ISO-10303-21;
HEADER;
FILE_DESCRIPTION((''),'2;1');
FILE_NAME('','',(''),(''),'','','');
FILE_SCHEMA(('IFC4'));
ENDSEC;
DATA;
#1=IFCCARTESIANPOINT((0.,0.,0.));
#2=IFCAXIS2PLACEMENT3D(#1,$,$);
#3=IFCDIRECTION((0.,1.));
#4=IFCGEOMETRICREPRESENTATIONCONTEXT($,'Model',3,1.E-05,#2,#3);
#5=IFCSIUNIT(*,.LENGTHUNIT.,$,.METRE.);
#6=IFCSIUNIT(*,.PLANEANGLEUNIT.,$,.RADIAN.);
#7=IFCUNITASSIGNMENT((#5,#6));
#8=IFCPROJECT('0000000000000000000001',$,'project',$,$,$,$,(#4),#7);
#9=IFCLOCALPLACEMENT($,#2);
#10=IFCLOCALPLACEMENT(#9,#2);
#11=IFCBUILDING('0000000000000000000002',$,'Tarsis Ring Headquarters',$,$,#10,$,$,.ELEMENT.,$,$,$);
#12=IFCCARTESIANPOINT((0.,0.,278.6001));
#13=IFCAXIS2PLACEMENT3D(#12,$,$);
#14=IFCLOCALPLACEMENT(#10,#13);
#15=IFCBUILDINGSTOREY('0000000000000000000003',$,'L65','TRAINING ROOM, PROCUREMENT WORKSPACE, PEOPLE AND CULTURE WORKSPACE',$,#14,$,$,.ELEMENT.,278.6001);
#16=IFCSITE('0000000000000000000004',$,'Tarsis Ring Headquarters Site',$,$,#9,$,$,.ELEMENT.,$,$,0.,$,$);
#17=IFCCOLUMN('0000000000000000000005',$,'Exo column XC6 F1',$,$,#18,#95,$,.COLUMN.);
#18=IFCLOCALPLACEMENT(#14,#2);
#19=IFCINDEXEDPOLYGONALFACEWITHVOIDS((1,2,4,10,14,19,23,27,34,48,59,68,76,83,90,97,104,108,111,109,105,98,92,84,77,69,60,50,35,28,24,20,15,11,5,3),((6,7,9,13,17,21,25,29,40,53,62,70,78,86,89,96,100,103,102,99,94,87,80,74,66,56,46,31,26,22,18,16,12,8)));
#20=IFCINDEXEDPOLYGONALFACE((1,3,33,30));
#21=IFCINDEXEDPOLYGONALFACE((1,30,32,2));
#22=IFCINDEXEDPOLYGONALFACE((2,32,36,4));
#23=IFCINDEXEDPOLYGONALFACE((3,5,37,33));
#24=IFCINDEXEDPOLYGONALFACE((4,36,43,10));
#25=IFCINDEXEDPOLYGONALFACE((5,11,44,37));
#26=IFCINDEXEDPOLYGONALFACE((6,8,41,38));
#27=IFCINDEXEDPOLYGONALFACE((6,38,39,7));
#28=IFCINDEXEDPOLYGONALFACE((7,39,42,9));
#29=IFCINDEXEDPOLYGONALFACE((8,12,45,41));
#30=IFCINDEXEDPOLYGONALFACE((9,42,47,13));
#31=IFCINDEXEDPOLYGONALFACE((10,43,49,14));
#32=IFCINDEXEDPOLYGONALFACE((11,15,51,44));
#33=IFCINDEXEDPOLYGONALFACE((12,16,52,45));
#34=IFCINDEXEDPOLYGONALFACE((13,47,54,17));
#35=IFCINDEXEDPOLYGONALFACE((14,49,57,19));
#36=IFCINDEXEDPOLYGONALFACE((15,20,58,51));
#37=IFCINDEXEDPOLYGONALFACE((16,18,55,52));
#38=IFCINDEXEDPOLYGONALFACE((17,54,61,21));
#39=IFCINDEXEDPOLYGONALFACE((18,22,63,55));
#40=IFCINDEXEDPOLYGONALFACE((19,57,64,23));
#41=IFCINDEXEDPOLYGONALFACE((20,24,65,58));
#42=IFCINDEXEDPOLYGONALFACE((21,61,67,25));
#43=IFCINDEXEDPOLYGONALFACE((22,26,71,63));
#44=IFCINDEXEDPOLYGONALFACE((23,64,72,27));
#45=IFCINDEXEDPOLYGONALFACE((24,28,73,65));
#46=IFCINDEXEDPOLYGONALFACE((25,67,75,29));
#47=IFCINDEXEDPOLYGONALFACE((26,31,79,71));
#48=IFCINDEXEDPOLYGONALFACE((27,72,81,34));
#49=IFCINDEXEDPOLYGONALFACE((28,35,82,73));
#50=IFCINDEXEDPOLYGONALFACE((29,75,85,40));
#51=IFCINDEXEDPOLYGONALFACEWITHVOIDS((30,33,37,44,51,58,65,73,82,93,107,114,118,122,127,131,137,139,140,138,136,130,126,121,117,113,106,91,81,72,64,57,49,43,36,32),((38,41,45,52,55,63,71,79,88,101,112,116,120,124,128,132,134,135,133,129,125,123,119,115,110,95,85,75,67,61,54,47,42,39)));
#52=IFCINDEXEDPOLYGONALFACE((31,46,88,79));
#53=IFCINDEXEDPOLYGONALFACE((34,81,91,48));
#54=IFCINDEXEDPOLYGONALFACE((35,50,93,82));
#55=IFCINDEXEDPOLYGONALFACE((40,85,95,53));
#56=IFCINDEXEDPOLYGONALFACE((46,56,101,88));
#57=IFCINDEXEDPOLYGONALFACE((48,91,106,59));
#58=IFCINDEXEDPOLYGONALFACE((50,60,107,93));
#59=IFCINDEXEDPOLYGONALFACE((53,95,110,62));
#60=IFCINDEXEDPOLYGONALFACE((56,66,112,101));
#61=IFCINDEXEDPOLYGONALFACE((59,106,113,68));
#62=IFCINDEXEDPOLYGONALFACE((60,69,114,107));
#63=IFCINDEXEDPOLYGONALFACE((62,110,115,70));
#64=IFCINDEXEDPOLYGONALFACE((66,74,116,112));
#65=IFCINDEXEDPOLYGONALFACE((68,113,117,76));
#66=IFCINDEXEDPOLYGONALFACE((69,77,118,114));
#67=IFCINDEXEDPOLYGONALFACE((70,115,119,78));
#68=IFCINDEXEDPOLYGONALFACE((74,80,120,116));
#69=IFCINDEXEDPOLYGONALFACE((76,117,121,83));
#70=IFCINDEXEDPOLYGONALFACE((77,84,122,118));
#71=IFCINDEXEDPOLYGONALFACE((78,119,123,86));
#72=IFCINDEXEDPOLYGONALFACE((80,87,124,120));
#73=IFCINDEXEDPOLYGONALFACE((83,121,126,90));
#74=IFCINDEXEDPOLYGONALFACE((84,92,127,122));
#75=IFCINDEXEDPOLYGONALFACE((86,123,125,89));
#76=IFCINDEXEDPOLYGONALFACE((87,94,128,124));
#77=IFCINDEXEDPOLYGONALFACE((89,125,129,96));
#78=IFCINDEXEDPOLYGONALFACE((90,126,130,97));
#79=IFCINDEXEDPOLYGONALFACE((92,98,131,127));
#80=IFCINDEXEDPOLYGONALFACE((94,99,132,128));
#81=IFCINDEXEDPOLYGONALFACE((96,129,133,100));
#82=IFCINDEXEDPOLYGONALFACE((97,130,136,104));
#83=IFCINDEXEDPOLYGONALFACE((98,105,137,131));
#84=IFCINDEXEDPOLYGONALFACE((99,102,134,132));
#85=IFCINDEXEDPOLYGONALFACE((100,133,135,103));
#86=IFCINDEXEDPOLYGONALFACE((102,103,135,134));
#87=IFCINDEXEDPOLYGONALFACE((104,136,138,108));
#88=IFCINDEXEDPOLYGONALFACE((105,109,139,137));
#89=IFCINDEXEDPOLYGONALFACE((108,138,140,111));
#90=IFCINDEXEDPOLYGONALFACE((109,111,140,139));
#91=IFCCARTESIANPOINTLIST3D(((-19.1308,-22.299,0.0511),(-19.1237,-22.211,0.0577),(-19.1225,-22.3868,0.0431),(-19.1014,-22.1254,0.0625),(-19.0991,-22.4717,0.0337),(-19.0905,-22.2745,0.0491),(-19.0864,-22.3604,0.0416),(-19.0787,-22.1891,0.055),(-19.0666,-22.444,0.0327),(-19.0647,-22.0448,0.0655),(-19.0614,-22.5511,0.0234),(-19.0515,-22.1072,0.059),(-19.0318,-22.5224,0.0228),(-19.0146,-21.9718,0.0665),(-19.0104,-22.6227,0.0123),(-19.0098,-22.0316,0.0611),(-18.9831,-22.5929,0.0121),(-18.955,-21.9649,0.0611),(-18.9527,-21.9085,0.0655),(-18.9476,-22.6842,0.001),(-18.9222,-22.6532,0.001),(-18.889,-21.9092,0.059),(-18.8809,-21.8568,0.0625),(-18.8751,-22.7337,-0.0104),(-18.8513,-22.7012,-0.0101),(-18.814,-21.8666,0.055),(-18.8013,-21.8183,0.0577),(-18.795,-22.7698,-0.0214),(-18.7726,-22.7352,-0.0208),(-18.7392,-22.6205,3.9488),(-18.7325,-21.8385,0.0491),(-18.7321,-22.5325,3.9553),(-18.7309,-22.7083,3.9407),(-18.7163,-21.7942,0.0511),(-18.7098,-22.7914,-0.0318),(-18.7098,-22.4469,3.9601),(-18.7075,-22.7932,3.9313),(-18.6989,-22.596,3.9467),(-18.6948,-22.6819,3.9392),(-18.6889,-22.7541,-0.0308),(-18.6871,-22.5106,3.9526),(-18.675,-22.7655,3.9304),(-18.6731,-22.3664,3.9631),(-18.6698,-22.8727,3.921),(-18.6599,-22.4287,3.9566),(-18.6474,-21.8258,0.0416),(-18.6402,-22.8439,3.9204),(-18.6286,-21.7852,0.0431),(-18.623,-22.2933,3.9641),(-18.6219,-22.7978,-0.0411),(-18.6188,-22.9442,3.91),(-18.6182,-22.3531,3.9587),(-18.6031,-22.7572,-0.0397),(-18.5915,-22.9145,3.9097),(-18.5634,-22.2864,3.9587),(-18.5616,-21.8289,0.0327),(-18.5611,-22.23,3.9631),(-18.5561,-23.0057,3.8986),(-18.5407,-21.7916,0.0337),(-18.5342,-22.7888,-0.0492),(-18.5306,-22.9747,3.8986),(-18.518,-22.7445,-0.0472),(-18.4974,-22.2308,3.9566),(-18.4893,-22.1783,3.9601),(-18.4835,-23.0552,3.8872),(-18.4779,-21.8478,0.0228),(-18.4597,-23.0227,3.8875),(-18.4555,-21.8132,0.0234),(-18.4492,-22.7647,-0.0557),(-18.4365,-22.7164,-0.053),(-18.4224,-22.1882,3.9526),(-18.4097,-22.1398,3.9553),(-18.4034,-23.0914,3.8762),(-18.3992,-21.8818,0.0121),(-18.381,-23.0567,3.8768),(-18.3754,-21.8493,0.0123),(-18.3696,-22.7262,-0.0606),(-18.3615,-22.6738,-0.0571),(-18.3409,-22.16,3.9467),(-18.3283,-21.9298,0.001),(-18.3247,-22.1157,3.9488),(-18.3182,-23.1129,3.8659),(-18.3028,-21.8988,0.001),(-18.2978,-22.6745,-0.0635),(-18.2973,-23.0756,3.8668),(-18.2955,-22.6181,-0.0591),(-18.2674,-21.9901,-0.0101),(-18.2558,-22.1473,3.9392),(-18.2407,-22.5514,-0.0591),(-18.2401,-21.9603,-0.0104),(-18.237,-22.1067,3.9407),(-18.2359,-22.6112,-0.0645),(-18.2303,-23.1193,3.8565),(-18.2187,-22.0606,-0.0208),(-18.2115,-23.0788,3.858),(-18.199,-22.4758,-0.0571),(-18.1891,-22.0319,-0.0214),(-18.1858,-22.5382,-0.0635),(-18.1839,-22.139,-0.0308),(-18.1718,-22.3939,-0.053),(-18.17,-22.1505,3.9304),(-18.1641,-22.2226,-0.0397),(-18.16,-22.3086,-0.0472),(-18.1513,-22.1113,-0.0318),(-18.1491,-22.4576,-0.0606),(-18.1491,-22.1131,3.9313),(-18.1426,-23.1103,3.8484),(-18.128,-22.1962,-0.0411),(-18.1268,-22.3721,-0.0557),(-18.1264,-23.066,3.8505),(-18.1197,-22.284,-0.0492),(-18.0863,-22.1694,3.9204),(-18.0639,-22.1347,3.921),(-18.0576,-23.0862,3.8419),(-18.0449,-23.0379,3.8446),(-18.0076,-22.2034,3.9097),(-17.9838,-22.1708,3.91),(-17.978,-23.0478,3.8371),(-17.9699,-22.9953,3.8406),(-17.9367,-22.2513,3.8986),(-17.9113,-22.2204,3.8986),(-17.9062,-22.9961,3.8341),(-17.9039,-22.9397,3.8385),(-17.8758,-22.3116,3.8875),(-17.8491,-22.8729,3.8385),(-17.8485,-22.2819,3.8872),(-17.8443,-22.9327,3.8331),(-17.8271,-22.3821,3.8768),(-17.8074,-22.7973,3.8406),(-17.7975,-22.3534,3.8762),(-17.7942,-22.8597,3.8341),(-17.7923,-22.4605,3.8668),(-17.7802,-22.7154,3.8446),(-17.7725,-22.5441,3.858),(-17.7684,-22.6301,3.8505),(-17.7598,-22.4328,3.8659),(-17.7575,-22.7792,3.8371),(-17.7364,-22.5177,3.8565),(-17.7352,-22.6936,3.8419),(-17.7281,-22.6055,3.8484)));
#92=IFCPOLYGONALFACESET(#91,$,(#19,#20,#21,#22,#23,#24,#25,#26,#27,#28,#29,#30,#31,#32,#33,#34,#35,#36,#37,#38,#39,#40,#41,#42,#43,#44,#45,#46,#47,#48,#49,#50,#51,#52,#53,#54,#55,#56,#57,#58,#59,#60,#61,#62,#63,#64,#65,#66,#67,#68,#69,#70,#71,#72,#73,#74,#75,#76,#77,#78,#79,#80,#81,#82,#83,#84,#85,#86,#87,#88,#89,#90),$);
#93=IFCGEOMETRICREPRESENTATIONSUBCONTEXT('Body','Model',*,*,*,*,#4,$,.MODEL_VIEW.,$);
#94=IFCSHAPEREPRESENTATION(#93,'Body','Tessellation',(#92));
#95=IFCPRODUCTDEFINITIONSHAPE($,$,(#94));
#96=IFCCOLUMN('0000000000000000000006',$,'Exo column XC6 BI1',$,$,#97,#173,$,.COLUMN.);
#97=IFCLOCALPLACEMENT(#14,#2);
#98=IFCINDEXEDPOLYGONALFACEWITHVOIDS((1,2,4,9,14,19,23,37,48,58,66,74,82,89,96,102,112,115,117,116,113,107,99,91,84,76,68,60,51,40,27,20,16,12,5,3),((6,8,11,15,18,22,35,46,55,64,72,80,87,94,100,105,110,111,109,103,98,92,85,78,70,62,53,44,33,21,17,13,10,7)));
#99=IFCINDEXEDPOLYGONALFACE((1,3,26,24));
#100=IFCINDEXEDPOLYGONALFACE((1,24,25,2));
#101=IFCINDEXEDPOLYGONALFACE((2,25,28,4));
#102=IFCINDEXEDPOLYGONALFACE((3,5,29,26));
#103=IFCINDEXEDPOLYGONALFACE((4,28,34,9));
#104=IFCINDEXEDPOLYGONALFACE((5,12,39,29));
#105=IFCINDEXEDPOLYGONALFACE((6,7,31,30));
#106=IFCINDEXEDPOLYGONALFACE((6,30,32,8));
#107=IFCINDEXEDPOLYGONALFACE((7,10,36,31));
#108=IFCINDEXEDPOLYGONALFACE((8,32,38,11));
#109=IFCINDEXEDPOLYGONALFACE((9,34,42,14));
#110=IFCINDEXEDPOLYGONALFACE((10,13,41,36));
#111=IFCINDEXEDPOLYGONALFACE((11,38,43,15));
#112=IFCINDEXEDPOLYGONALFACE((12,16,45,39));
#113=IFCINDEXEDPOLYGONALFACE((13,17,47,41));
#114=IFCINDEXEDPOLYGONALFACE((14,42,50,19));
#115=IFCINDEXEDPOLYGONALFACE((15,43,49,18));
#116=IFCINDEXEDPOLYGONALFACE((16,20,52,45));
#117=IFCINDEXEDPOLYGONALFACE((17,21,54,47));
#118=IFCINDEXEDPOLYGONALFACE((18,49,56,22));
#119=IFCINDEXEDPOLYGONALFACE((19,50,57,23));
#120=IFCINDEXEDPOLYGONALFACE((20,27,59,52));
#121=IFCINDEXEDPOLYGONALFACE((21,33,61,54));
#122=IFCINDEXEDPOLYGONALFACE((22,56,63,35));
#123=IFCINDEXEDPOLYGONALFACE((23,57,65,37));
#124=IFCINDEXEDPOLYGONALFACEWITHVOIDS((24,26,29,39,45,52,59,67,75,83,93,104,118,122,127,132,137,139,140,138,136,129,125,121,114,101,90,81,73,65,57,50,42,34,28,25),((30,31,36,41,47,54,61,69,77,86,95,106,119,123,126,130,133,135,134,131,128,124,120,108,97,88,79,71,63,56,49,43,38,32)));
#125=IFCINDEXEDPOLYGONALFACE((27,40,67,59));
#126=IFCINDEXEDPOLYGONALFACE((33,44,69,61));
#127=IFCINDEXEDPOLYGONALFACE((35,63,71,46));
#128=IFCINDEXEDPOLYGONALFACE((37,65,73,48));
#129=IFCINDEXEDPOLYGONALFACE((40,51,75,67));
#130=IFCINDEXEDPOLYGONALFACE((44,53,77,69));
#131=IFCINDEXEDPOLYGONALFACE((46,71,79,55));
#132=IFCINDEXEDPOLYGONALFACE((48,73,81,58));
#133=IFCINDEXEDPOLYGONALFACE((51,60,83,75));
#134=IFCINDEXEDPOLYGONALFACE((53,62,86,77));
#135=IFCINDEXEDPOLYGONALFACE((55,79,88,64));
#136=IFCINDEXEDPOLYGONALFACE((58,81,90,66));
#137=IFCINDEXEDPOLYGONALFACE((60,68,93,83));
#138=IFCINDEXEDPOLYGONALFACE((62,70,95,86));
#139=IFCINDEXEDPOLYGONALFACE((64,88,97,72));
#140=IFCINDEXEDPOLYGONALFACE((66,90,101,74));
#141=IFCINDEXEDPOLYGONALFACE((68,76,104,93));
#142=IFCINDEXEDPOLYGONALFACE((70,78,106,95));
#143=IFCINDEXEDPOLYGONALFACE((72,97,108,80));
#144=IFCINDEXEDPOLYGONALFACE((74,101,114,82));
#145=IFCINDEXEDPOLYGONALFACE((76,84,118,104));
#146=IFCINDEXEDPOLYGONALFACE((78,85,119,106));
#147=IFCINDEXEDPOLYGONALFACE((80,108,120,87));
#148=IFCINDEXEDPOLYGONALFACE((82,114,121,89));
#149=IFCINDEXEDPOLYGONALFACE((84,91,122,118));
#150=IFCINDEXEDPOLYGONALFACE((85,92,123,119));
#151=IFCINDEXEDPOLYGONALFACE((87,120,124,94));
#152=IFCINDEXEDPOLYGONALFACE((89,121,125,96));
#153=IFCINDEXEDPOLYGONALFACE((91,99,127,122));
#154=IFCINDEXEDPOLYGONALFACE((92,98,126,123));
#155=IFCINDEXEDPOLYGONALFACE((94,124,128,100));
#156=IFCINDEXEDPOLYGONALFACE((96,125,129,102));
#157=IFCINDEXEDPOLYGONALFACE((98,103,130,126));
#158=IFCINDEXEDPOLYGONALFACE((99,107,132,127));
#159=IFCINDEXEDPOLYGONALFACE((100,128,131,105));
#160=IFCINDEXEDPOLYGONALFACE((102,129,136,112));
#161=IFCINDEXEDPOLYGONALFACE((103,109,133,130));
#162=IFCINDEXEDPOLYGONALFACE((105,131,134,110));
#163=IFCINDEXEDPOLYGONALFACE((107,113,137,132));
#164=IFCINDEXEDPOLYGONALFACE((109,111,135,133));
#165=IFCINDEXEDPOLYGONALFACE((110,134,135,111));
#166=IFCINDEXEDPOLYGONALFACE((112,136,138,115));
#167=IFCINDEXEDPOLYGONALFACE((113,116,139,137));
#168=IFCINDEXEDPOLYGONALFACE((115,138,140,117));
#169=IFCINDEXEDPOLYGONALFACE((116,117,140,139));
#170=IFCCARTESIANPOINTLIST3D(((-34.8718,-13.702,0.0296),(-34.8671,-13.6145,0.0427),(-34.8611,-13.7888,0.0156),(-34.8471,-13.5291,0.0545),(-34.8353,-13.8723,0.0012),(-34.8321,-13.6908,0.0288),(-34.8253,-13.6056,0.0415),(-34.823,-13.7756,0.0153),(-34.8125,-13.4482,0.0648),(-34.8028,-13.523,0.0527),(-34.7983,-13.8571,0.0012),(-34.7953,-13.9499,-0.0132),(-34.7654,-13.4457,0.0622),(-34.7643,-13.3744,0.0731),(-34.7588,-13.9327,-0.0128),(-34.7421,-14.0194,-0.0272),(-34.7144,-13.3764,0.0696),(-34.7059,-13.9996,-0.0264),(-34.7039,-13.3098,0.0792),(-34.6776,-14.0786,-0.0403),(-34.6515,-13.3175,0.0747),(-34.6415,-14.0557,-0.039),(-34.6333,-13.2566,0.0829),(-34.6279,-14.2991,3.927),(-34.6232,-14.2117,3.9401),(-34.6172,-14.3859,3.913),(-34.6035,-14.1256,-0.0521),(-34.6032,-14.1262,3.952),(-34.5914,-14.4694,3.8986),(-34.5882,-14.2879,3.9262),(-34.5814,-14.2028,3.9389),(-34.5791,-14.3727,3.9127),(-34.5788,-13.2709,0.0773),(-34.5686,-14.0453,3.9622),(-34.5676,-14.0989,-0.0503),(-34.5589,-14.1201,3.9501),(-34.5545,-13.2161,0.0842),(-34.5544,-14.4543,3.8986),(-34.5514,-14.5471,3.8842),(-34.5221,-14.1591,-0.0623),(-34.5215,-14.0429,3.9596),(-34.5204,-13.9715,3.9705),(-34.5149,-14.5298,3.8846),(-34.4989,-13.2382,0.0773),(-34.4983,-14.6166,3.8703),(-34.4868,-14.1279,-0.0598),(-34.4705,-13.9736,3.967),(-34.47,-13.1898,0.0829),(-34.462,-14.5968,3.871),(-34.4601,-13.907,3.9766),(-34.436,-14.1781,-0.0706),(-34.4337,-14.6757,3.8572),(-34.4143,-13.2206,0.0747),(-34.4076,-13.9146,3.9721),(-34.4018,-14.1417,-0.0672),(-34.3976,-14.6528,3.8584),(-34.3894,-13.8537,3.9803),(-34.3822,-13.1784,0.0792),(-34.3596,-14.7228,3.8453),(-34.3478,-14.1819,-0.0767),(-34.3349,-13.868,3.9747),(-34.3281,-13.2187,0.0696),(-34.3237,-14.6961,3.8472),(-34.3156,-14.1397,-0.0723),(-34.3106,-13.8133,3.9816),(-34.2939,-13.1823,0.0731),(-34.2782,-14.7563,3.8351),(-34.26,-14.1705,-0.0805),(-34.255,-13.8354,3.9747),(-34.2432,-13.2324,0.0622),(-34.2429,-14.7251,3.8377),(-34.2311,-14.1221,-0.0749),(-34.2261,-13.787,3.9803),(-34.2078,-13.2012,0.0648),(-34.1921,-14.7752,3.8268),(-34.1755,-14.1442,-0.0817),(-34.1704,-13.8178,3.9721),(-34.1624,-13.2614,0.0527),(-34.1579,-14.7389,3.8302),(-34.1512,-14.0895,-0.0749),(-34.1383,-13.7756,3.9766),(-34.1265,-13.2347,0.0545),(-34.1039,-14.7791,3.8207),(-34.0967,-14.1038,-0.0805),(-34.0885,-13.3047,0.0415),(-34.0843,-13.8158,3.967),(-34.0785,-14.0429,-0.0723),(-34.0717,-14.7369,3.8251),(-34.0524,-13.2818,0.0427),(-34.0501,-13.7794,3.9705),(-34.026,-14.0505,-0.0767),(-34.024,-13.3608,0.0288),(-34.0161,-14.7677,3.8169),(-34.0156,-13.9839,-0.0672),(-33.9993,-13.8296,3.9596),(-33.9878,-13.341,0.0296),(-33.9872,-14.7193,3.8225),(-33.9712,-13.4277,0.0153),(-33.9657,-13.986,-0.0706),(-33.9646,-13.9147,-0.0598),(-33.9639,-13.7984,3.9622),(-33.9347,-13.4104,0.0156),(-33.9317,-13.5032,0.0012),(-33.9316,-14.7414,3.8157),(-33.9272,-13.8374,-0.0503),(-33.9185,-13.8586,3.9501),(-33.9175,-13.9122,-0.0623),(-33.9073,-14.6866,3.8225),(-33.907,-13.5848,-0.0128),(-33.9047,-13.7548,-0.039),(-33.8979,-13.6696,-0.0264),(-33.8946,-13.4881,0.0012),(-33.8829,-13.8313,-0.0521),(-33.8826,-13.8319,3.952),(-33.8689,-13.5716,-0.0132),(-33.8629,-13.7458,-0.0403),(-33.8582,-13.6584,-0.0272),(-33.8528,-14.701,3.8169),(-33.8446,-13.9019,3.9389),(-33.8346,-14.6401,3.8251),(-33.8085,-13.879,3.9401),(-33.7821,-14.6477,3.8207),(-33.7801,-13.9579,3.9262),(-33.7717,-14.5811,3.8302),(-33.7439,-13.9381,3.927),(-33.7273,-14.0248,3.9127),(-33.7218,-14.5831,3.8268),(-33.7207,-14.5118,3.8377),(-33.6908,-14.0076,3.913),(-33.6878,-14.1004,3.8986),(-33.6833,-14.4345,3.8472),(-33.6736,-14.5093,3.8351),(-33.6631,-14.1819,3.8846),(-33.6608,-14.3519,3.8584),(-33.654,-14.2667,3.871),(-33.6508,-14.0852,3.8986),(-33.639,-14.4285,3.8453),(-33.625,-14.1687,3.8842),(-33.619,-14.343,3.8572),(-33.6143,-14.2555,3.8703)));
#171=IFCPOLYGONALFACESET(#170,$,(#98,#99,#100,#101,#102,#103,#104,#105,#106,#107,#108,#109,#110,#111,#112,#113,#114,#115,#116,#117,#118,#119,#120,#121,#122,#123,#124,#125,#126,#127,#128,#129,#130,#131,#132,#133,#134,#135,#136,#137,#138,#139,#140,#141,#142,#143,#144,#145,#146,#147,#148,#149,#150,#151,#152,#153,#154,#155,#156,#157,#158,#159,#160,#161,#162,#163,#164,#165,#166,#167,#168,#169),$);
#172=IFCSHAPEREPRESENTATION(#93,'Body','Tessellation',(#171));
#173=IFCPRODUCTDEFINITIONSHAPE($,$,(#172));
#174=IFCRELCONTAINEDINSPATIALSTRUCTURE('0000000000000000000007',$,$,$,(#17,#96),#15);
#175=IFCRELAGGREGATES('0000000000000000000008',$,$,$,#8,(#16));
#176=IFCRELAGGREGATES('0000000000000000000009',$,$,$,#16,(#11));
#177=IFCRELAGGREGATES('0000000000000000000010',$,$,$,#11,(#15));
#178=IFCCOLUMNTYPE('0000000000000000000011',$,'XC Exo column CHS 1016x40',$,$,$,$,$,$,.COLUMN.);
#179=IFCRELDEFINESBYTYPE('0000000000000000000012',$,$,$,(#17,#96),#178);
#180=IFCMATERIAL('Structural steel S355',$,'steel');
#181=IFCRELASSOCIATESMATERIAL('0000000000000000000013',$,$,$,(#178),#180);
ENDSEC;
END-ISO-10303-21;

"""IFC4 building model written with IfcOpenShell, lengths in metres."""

from ifc_helpers import new_model, si_unit, direction, frame, origin, origin_2d, place, context, subcontext, project, spatial, hollow_circle, extrude, material, material_profile, profile_set, type_object, element, save


model = new_model("IFC4")

# Units and contexts
model_context = context("Model", 3, precision=1e-05, world=origin(), true_north=direction((0.0, 1.0)))
body_context = subcontext(model_context, "Body", "Model", "MODEL_VIEW")
ifc_project = project(units=[si_unit("LENGTHUNIT", "METRE"), si_unit("PLANEANGLEUNIT", "RADIAN")], contexts=[model_context])

# Site, building, storey
site_placement = place(None, origin())
site = spatial("IfcSite", under=ifc_project, at=site_placement, Name="Tarsis Ring Headquarters Site", CompositionType="ELEMENT", RefElevation=0.0)
building_placement = place(site_placement, origin())
building = spatial("IfcBuilding", under=site, at=building_placement, Name="Tarsis Ring Headquarters", CompositionType="ELEMENT")
storey_placement = place(building_placement, frame((0.0, 0.0, 278.6001)))
storey = spatial("IfcBuildingStorey", under=building, at=storey_placement, Name="L65", Description="TRAINING ROOM, PROCUREMENT WORKSPACE, PEOPLE AND CULTURE WORKSPACE", CompositionType="ELEMENT", Elevation=278.6001)

# Columns
ifc_material_1 = material(Name="Structural steel S355", Category="steel")
ifc_material_profile_1 = material_profile(ifc_material_1, hollow_circle(Radius=0.5081, WallThickness=0.04, at=origin_2d()), Name="CHS 1016x40")
ifc_profile_set_1 = profile_set([ifc_material_profile_1], Name="Structural steel S355")
column_type = type_object("IfcColumnType", Name="XC Exo column CHS 1016x40", PredefinedType="COLUMN", material=ifc_profile_set_1)
column_1_placement = place(storey_placement, frame((-18.6252, -22.2915, 0.001), z_axis=(0.099631, -0.081805, 0.991656), x_axis=(0.634575, 0.772861, 0.0)))
element("IfcColumn", 1, at=column_1_placement, inside=storey, type_object=column_type, Name="Exo column XC6 F1", PredefinedType="COLUMN", context=body_context, shape_type="SweptSolid", body=[
    extrude(hollow_circle(Radius=0.5081, WallThickness=0.04, at=origin_2d()), origin(), (0.0, 0.0, 1.0), 3.9304),
])
column_2_placement = place(storey_placement, frame((-34.365, -13.6802, 0.0012), z_axis=(0.061738, -0.151163, 0.986579), x_axis=(0.925764, 0.378102, 0.0)))
element("IfcColumn", 2, at=column_2_placement, inside=storey, type_object=column_type, Name="Exo column XC6 BI1", PredefinedType="COLUMN", context=body_context, shape_type="SweptSolid", body=[
    extrude(hollow_circle(Radius=0.5081, WallThickness=0.04, at=origin_2d()), origin(), (0.0, 0.0, 1.0), 3.9504),
])

save(model, "model.ifc")
